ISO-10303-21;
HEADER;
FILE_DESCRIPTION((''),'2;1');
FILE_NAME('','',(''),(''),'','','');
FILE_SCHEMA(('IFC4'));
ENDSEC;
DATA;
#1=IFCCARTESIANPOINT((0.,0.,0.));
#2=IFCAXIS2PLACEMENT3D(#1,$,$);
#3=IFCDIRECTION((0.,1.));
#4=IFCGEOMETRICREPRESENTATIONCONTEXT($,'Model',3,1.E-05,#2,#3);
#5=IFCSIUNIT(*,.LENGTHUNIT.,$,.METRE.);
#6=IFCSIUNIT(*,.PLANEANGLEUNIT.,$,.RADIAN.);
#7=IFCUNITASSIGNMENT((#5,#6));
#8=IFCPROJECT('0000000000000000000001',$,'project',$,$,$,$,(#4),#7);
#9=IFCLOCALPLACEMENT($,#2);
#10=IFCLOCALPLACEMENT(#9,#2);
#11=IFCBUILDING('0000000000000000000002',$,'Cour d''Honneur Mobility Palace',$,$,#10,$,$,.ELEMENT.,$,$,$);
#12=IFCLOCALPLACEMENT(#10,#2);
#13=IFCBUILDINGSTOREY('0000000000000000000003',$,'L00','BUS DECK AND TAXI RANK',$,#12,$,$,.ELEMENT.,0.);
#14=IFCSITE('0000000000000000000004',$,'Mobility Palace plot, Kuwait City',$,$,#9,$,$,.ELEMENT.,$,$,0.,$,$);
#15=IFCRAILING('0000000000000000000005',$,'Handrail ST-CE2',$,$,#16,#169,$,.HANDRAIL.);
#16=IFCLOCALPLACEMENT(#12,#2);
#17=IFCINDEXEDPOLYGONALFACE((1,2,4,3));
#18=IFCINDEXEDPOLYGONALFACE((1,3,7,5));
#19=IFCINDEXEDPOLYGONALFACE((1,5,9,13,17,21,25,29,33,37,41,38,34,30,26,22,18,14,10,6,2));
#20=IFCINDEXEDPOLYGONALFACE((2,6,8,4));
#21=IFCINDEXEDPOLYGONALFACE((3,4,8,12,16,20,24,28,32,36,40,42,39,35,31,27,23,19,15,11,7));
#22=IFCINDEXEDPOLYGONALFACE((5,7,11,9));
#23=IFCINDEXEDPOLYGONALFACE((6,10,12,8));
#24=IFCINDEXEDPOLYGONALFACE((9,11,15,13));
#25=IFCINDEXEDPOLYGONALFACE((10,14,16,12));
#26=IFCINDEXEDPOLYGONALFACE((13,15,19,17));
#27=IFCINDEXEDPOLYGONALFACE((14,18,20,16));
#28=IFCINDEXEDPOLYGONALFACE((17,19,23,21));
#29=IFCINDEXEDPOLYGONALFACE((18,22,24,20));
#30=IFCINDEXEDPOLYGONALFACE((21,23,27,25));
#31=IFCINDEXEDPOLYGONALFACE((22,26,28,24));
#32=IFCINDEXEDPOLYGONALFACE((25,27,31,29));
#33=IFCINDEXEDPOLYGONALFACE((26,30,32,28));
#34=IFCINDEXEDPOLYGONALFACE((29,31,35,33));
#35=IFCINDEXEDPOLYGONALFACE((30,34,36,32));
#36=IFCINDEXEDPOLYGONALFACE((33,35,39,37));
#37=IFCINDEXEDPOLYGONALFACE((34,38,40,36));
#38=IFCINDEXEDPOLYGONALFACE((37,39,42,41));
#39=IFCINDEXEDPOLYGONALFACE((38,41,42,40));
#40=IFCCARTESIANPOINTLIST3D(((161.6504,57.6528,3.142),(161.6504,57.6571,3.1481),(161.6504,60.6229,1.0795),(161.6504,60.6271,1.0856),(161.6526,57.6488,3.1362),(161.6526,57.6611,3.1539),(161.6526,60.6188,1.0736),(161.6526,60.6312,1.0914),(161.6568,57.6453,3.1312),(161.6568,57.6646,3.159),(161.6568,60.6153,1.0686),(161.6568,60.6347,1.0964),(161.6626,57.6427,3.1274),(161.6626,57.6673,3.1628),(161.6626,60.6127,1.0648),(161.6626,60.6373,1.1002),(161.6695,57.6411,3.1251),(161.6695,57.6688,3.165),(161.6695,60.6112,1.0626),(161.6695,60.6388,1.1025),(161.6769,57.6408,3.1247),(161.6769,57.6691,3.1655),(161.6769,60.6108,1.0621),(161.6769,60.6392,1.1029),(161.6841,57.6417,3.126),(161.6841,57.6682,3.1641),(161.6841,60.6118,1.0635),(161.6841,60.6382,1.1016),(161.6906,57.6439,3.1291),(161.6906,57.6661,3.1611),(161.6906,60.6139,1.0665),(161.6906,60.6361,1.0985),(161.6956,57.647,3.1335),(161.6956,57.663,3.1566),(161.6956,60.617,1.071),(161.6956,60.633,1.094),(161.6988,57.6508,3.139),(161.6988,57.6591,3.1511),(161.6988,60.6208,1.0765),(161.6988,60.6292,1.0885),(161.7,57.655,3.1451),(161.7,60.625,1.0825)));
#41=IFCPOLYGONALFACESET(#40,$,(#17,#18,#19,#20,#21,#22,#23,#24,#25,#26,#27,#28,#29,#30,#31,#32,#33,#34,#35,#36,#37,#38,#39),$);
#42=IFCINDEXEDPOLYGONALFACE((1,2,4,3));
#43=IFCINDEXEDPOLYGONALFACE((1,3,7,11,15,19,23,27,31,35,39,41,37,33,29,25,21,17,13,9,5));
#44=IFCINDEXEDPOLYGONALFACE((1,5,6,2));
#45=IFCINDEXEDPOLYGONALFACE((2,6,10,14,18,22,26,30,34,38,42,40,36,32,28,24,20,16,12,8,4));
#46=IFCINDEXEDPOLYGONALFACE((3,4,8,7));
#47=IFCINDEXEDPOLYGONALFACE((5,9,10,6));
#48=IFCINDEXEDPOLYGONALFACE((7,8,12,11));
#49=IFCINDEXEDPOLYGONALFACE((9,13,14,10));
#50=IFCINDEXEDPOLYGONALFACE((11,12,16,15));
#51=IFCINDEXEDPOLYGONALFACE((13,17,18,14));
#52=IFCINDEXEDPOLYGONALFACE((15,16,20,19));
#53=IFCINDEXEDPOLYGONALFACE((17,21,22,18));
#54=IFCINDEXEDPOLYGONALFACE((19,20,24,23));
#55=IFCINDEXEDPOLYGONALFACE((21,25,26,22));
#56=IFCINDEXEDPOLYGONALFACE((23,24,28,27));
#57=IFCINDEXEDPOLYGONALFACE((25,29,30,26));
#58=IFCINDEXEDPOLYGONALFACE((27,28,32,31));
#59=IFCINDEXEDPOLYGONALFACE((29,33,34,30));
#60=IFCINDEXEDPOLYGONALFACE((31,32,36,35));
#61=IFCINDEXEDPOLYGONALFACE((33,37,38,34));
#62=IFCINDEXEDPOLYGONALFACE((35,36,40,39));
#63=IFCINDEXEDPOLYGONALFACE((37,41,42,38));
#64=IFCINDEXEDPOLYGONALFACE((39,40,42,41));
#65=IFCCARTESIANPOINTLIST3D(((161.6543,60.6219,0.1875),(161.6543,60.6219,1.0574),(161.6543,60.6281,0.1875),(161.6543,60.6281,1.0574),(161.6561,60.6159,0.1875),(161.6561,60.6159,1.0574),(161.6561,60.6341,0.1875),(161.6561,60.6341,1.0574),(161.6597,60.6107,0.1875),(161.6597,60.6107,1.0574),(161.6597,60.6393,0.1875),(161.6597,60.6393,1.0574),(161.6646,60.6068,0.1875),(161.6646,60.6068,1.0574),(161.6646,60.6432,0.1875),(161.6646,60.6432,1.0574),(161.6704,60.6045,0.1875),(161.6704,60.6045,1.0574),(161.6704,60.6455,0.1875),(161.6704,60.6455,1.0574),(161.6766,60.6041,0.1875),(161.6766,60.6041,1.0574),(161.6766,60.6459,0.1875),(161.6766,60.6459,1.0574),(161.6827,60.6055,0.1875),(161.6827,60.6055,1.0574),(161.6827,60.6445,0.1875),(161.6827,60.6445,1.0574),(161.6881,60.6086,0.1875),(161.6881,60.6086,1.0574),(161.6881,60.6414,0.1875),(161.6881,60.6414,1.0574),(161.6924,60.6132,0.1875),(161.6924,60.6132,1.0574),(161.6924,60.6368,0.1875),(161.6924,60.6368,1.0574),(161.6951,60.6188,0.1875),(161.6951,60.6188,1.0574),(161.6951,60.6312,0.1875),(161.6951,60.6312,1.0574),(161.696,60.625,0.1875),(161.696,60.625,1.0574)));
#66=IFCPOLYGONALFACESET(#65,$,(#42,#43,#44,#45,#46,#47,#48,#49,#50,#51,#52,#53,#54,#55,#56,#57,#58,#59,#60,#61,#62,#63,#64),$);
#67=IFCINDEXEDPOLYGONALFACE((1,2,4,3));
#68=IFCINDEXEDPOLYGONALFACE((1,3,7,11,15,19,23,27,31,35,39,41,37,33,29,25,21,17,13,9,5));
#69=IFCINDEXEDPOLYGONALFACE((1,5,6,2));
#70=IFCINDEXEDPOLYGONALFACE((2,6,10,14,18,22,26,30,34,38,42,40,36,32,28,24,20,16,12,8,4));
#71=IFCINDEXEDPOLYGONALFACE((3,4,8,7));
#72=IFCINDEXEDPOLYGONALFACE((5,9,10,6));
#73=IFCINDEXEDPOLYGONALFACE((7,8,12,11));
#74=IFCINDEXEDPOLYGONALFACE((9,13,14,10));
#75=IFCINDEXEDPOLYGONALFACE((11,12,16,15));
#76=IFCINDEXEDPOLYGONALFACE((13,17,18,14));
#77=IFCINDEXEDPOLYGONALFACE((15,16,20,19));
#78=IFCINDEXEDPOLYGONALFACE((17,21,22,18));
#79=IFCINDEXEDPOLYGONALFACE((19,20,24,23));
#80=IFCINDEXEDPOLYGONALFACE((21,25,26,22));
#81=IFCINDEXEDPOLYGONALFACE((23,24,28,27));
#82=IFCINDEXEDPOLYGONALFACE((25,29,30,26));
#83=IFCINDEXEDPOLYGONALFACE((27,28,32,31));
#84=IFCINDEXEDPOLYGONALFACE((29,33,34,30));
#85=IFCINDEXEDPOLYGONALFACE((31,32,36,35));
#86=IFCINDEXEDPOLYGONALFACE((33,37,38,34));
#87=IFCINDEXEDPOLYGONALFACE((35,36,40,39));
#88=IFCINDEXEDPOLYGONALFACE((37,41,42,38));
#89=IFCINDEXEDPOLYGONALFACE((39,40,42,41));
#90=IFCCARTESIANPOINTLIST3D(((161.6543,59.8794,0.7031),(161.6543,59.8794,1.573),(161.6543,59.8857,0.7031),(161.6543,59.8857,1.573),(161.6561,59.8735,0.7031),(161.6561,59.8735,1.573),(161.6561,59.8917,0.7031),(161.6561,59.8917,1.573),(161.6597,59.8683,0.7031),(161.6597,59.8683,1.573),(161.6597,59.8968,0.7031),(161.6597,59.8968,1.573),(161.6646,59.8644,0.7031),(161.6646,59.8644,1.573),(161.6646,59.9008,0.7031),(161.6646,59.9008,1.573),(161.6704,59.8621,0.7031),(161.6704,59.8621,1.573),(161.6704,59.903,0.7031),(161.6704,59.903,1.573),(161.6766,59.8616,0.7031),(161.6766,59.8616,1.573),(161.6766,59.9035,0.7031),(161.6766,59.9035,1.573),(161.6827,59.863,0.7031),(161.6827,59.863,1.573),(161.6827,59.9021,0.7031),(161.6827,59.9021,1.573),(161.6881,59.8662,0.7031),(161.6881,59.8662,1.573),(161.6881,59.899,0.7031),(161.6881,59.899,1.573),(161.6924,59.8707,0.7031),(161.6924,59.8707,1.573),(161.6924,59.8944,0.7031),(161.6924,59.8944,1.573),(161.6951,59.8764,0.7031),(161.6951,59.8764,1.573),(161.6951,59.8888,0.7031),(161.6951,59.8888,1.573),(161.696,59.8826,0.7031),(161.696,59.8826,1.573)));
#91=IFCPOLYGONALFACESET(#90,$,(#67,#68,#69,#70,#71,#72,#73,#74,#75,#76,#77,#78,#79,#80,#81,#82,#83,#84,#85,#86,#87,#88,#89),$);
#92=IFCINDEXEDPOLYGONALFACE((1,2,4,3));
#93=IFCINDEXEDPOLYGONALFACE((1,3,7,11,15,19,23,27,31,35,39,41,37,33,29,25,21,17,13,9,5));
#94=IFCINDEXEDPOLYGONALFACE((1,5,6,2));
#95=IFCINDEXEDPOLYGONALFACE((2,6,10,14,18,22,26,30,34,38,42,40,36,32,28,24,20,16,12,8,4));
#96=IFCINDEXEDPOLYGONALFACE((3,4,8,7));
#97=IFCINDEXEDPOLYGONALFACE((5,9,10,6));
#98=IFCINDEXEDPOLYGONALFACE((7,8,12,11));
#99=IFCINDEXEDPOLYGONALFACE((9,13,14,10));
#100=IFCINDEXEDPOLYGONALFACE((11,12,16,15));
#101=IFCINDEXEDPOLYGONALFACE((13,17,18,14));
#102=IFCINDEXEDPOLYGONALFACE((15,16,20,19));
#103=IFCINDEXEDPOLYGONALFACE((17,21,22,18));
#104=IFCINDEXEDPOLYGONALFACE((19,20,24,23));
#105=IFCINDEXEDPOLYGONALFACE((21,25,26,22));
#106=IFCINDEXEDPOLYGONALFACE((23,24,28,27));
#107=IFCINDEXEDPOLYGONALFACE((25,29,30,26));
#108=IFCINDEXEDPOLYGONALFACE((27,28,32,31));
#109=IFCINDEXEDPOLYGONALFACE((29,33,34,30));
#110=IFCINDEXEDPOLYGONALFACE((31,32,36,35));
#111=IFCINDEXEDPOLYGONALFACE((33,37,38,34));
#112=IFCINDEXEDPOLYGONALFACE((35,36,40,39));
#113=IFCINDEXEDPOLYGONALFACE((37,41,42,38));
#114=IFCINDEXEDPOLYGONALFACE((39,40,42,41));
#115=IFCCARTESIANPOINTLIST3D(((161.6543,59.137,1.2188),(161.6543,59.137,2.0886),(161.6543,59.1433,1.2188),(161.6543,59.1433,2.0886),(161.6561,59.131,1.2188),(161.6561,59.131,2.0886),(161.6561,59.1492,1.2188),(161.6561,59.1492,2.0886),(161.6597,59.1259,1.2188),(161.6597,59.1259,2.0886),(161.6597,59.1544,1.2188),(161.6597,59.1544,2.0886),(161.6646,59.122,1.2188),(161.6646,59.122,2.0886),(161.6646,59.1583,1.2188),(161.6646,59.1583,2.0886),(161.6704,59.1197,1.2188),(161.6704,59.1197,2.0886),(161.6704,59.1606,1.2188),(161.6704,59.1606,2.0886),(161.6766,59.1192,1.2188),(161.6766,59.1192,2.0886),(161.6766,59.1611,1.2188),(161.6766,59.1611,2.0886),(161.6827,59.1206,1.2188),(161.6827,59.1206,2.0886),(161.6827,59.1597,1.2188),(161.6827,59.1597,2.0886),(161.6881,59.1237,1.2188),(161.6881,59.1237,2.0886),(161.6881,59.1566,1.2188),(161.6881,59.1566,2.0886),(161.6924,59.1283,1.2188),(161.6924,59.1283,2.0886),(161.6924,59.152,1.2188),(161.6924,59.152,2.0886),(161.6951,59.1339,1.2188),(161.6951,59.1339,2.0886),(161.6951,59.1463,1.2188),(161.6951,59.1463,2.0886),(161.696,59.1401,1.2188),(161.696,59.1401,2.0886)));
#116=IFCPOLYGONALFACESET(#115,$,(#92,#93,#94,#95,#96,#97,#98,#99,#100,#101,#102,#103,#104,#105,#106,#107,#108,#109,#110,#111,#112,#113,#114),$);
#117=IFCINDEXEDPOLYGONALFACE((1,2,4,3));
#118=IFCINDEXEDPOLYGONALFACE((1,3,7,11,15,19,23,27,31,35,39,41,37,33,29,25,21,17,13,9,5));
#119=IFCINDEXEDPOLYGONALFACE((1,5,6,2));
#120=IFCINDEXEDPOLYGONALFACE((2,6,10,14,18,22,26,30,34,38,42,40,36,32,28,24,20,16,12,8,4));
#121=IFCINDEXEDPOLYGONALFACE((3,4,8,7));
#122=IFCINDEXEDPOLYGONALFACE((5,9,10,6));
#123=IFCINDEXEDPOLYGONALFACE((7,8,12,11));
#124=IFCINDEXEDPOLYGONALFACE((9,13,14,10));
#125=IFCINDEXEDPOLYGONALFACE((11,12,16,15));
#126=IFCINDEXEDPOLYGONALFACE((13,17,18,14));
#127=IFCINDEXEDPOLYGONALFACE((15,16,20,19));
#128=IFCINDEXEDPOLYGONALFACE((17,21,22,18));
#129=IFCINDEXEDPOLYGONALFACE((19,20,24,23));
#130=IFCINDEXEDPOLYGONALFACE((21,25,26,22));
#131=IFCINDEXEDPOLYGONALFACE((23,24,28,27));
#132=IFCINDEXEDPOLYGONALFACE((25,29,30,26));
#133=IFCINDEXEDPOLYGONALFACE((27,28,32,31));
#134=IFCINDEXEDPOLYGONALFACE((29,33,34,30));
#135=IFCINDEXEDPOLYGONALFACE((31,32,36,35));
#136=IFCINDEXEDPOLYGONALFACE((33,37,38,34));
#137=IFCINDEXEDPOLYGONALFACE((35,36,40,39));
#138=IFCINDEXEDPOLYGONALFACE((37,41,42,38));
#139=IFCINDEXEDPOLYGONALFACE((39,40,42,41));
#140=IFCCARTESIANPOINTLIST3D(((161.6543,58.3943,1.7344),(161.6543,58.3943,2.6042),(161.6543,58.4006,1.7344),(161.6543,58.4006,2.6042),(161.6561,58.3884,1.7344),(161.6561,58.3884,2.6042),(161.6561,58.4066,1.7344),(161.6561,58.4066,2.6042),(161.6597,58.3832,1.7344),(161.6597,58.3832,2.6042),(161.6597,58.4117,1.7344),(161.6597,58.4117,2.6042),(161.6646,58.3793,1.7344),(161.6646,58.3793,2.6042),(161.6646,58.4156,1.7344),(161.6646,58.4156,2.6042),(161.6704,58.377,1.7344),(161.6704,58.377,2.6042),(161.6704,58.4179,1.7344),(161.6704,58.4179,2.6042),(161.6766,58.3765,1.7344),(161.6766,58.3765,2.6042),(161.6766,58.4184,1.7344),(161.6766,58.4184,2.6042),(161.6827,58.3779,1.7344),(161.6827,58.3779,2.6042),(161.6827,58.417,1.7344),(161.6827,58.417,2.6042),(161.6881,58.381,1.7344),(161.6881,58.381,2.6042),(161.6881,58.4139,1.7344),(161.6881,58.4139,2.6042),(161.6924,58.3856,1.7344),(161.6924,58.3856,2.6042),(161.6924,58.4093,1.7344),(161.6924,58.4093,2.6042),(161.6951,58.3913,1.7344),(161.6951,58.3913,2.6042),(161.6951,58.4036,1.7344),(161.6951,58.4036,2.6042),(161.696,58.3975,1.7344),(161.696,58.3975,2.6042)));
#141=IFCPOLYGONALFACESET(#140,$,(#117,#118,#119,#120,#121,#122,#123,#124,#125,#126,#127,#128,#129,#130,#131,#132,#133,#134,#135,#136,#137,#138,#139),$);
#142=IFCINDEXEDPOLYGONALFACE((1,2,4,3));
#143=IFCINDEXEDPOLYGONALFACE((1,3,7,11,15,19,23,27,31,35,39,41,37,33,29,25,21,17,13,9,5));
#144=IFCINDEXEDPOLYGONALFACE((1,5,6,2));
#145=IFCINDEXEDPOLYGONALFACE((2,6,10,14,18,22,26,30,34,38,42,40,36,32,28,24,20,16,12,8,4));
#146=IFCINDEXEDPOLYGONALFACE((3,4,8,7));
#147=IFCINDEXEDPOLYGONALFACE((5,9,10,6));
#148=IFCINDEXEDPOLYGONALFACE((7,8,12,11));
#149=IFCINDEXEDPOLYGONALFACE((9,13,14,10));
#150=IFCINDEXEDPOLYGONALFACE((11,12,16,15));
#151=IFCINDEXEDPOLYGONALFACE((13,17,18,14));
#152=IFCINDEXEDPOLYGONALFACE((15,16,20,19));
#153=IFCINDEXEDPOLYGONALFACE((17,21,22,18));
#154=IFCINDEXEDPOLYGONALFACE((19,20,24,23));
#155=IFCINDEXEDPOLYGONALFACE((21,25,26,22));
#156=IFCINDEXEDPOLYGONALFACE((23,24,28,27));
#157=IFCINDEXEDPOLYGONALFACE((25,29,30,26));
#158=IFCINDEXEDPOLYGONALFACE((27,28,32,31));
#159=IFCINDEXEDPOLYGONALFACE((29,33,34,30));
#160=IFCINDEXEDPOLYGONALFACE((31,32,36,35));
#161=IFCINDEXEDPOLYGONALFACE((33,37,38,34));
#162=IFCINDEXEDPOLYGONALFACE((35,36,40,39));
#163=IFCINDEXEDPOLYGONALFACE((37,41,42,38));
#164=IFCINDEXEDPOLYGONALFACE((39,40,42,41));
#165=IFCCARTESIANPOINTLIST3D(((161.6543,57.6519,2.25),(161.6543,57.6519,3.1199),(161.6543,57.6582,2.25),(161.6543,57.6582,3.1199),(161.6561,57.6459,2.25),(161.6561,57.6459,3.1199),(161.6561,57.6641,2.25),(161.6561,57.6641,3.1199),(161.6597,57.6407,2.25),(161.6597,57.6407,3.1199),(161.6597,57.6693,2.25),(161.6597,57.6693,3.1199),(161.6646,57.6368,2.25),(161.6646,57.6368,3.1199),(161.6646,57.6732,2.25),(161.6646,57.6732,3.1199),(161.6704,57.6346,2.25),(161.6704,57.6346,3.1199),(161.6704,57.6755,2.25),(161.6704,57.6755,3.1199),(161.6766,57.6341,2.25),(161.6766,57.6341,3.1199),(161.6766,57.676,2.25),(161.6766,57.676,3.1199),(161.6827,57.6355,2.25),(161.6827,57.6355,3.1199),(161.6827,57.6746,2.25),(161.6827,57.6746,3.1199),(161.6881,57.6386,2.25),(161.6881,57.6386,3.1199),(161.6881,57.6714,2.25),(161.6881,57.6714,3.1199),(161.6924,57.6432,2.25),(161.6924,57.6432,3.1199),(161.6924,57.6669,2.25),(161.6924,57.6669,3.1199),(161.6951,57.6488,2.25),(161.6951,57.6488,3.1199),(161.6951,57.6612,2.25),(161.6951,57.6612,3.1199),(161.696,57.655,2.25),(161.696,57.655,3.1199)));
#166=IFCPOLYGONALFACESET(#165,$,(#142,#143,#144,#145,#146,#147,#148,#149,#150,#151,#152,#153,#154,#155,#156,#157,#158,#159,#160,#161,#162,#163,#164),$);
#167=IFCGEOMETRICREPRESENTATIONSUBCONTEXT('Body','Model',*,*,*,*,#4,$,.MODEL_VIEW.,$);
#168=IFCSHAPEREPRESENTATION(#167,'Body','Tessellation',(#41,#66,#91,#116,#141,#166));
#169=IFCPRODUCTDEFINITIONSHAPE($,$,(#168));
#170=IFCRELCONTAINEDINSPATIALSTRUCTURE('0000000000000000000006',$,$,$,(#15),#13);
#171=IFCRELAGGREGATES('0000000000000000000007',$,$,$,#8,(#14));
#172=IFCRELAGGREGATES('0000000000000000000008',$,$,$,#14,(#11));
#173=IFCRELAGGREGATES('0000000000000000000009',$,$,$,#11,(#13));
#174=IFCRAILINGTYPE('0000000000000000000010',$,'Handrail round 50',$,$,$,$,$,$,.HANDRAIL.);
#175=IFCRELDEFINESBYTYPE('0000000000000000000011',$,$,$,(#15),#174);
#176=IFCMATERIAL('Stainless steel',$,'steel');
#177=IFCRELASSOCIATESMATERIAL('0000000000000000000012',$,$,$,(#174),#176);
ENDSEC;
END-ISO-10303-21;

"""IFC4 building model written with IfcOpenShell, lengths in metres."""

from ifc_helpers import new_model, si_unit, direction, frame, origin, origin_2d, place, context, subcontext, project, spatial, circle, extrude, material, type_object, element, save


model = new_model("IFC4")

# Units and contexts
model_context = context("Model", 3, precision=1e-05, world=origin(), true_north=direction((0.0, 1.0)))
body_context = subcontext(model_context, "Body", "Model", "MODEL_VIEW")
ifc_project = project(units=[si_unit("LENGTHUNIT", "METRE"), si_unit("PLANEANGLEUNIT", "RADIAN")], contexts=[model_context])

# Site, building, storey
site_placement = place(None, origin())
site = spatial("IfcSite", under=ifc_project, at=site_placement, Name="Mobility Palace plot, Kuwait City", CompositionType="ELEMENT", RefElevation=0.0)
building_placement = place(site_placement, origin())
building = spatial("IfcBuilding", under=site, at=building_placement, Name="Cour d'Honneur Mobility Palace", CompositionType="ELEMENT")
storey_placement = place(building_placement, origin())
storey = spatial("IfcBuildingStorey", under=building, at=storey_placement, Name="L00", Description="BUS DECK AND TAXI RANK", CompositionType="ELEMENT", Elevation=0.0)

# Railing
ifc_material_1 = material(Name="Stainless steel", Category="steel")
railing_type_1 = type_object("IfcRailingType", Name="Handrail round 50", PredefinedType="HANDRAIL", material=ifc_material_1)
for number, where, name in (
    (1, (161.675, 60.625, 0.1875), "Handrail ST-CE2"),
):
    element("IfcRailing", number, at=place(storey_placement, frame(where)), inside=storey, type_object=railing_type_1, Name=name, PredefinedType="HANDRAIL", context=body_context, shape_type="SweptSolid", body=[
        extrude(circle(Radius=0.0249, at=origin_2d()), frame((0.0, 0.0, 0.895), z_axis=(0.0, -0.821367, 0.5704), x_axis=(1.0, 0.0, 0.0)), (0.0, 0.0, 1.0), 3.616),
        extrude(circle(Radius=0.021, at=origin_2d()), origin(), (0.0, 0.0, 1.0), 0.8699),
        extrude(circle(Radius=0.021, at=origin_2d()), frame((0.0, -0.7424, 0.5156)), (0.0, 0.0, 1.0), 0.8699),
        extrude(circle(Radius=0.021, at=origin_2d()), frame((0.0, -1.4849, 1.0312)), (0.0, 0.0, 1.0), 0.8699),
        extrude(circle(Radius=0.021, at=origin_2d()), frame((0.0, -2.2275, 1.5469)), (0.0, 0.0, 1.0), 0.8699),
        extrude(circle(Radius=0.021, at=origin_2d()), frame((0.0, -2.97, 2.0625)), (0.0, 0.0, 1.0), 0.8699),
    ])

save(model, "model.ifc")
